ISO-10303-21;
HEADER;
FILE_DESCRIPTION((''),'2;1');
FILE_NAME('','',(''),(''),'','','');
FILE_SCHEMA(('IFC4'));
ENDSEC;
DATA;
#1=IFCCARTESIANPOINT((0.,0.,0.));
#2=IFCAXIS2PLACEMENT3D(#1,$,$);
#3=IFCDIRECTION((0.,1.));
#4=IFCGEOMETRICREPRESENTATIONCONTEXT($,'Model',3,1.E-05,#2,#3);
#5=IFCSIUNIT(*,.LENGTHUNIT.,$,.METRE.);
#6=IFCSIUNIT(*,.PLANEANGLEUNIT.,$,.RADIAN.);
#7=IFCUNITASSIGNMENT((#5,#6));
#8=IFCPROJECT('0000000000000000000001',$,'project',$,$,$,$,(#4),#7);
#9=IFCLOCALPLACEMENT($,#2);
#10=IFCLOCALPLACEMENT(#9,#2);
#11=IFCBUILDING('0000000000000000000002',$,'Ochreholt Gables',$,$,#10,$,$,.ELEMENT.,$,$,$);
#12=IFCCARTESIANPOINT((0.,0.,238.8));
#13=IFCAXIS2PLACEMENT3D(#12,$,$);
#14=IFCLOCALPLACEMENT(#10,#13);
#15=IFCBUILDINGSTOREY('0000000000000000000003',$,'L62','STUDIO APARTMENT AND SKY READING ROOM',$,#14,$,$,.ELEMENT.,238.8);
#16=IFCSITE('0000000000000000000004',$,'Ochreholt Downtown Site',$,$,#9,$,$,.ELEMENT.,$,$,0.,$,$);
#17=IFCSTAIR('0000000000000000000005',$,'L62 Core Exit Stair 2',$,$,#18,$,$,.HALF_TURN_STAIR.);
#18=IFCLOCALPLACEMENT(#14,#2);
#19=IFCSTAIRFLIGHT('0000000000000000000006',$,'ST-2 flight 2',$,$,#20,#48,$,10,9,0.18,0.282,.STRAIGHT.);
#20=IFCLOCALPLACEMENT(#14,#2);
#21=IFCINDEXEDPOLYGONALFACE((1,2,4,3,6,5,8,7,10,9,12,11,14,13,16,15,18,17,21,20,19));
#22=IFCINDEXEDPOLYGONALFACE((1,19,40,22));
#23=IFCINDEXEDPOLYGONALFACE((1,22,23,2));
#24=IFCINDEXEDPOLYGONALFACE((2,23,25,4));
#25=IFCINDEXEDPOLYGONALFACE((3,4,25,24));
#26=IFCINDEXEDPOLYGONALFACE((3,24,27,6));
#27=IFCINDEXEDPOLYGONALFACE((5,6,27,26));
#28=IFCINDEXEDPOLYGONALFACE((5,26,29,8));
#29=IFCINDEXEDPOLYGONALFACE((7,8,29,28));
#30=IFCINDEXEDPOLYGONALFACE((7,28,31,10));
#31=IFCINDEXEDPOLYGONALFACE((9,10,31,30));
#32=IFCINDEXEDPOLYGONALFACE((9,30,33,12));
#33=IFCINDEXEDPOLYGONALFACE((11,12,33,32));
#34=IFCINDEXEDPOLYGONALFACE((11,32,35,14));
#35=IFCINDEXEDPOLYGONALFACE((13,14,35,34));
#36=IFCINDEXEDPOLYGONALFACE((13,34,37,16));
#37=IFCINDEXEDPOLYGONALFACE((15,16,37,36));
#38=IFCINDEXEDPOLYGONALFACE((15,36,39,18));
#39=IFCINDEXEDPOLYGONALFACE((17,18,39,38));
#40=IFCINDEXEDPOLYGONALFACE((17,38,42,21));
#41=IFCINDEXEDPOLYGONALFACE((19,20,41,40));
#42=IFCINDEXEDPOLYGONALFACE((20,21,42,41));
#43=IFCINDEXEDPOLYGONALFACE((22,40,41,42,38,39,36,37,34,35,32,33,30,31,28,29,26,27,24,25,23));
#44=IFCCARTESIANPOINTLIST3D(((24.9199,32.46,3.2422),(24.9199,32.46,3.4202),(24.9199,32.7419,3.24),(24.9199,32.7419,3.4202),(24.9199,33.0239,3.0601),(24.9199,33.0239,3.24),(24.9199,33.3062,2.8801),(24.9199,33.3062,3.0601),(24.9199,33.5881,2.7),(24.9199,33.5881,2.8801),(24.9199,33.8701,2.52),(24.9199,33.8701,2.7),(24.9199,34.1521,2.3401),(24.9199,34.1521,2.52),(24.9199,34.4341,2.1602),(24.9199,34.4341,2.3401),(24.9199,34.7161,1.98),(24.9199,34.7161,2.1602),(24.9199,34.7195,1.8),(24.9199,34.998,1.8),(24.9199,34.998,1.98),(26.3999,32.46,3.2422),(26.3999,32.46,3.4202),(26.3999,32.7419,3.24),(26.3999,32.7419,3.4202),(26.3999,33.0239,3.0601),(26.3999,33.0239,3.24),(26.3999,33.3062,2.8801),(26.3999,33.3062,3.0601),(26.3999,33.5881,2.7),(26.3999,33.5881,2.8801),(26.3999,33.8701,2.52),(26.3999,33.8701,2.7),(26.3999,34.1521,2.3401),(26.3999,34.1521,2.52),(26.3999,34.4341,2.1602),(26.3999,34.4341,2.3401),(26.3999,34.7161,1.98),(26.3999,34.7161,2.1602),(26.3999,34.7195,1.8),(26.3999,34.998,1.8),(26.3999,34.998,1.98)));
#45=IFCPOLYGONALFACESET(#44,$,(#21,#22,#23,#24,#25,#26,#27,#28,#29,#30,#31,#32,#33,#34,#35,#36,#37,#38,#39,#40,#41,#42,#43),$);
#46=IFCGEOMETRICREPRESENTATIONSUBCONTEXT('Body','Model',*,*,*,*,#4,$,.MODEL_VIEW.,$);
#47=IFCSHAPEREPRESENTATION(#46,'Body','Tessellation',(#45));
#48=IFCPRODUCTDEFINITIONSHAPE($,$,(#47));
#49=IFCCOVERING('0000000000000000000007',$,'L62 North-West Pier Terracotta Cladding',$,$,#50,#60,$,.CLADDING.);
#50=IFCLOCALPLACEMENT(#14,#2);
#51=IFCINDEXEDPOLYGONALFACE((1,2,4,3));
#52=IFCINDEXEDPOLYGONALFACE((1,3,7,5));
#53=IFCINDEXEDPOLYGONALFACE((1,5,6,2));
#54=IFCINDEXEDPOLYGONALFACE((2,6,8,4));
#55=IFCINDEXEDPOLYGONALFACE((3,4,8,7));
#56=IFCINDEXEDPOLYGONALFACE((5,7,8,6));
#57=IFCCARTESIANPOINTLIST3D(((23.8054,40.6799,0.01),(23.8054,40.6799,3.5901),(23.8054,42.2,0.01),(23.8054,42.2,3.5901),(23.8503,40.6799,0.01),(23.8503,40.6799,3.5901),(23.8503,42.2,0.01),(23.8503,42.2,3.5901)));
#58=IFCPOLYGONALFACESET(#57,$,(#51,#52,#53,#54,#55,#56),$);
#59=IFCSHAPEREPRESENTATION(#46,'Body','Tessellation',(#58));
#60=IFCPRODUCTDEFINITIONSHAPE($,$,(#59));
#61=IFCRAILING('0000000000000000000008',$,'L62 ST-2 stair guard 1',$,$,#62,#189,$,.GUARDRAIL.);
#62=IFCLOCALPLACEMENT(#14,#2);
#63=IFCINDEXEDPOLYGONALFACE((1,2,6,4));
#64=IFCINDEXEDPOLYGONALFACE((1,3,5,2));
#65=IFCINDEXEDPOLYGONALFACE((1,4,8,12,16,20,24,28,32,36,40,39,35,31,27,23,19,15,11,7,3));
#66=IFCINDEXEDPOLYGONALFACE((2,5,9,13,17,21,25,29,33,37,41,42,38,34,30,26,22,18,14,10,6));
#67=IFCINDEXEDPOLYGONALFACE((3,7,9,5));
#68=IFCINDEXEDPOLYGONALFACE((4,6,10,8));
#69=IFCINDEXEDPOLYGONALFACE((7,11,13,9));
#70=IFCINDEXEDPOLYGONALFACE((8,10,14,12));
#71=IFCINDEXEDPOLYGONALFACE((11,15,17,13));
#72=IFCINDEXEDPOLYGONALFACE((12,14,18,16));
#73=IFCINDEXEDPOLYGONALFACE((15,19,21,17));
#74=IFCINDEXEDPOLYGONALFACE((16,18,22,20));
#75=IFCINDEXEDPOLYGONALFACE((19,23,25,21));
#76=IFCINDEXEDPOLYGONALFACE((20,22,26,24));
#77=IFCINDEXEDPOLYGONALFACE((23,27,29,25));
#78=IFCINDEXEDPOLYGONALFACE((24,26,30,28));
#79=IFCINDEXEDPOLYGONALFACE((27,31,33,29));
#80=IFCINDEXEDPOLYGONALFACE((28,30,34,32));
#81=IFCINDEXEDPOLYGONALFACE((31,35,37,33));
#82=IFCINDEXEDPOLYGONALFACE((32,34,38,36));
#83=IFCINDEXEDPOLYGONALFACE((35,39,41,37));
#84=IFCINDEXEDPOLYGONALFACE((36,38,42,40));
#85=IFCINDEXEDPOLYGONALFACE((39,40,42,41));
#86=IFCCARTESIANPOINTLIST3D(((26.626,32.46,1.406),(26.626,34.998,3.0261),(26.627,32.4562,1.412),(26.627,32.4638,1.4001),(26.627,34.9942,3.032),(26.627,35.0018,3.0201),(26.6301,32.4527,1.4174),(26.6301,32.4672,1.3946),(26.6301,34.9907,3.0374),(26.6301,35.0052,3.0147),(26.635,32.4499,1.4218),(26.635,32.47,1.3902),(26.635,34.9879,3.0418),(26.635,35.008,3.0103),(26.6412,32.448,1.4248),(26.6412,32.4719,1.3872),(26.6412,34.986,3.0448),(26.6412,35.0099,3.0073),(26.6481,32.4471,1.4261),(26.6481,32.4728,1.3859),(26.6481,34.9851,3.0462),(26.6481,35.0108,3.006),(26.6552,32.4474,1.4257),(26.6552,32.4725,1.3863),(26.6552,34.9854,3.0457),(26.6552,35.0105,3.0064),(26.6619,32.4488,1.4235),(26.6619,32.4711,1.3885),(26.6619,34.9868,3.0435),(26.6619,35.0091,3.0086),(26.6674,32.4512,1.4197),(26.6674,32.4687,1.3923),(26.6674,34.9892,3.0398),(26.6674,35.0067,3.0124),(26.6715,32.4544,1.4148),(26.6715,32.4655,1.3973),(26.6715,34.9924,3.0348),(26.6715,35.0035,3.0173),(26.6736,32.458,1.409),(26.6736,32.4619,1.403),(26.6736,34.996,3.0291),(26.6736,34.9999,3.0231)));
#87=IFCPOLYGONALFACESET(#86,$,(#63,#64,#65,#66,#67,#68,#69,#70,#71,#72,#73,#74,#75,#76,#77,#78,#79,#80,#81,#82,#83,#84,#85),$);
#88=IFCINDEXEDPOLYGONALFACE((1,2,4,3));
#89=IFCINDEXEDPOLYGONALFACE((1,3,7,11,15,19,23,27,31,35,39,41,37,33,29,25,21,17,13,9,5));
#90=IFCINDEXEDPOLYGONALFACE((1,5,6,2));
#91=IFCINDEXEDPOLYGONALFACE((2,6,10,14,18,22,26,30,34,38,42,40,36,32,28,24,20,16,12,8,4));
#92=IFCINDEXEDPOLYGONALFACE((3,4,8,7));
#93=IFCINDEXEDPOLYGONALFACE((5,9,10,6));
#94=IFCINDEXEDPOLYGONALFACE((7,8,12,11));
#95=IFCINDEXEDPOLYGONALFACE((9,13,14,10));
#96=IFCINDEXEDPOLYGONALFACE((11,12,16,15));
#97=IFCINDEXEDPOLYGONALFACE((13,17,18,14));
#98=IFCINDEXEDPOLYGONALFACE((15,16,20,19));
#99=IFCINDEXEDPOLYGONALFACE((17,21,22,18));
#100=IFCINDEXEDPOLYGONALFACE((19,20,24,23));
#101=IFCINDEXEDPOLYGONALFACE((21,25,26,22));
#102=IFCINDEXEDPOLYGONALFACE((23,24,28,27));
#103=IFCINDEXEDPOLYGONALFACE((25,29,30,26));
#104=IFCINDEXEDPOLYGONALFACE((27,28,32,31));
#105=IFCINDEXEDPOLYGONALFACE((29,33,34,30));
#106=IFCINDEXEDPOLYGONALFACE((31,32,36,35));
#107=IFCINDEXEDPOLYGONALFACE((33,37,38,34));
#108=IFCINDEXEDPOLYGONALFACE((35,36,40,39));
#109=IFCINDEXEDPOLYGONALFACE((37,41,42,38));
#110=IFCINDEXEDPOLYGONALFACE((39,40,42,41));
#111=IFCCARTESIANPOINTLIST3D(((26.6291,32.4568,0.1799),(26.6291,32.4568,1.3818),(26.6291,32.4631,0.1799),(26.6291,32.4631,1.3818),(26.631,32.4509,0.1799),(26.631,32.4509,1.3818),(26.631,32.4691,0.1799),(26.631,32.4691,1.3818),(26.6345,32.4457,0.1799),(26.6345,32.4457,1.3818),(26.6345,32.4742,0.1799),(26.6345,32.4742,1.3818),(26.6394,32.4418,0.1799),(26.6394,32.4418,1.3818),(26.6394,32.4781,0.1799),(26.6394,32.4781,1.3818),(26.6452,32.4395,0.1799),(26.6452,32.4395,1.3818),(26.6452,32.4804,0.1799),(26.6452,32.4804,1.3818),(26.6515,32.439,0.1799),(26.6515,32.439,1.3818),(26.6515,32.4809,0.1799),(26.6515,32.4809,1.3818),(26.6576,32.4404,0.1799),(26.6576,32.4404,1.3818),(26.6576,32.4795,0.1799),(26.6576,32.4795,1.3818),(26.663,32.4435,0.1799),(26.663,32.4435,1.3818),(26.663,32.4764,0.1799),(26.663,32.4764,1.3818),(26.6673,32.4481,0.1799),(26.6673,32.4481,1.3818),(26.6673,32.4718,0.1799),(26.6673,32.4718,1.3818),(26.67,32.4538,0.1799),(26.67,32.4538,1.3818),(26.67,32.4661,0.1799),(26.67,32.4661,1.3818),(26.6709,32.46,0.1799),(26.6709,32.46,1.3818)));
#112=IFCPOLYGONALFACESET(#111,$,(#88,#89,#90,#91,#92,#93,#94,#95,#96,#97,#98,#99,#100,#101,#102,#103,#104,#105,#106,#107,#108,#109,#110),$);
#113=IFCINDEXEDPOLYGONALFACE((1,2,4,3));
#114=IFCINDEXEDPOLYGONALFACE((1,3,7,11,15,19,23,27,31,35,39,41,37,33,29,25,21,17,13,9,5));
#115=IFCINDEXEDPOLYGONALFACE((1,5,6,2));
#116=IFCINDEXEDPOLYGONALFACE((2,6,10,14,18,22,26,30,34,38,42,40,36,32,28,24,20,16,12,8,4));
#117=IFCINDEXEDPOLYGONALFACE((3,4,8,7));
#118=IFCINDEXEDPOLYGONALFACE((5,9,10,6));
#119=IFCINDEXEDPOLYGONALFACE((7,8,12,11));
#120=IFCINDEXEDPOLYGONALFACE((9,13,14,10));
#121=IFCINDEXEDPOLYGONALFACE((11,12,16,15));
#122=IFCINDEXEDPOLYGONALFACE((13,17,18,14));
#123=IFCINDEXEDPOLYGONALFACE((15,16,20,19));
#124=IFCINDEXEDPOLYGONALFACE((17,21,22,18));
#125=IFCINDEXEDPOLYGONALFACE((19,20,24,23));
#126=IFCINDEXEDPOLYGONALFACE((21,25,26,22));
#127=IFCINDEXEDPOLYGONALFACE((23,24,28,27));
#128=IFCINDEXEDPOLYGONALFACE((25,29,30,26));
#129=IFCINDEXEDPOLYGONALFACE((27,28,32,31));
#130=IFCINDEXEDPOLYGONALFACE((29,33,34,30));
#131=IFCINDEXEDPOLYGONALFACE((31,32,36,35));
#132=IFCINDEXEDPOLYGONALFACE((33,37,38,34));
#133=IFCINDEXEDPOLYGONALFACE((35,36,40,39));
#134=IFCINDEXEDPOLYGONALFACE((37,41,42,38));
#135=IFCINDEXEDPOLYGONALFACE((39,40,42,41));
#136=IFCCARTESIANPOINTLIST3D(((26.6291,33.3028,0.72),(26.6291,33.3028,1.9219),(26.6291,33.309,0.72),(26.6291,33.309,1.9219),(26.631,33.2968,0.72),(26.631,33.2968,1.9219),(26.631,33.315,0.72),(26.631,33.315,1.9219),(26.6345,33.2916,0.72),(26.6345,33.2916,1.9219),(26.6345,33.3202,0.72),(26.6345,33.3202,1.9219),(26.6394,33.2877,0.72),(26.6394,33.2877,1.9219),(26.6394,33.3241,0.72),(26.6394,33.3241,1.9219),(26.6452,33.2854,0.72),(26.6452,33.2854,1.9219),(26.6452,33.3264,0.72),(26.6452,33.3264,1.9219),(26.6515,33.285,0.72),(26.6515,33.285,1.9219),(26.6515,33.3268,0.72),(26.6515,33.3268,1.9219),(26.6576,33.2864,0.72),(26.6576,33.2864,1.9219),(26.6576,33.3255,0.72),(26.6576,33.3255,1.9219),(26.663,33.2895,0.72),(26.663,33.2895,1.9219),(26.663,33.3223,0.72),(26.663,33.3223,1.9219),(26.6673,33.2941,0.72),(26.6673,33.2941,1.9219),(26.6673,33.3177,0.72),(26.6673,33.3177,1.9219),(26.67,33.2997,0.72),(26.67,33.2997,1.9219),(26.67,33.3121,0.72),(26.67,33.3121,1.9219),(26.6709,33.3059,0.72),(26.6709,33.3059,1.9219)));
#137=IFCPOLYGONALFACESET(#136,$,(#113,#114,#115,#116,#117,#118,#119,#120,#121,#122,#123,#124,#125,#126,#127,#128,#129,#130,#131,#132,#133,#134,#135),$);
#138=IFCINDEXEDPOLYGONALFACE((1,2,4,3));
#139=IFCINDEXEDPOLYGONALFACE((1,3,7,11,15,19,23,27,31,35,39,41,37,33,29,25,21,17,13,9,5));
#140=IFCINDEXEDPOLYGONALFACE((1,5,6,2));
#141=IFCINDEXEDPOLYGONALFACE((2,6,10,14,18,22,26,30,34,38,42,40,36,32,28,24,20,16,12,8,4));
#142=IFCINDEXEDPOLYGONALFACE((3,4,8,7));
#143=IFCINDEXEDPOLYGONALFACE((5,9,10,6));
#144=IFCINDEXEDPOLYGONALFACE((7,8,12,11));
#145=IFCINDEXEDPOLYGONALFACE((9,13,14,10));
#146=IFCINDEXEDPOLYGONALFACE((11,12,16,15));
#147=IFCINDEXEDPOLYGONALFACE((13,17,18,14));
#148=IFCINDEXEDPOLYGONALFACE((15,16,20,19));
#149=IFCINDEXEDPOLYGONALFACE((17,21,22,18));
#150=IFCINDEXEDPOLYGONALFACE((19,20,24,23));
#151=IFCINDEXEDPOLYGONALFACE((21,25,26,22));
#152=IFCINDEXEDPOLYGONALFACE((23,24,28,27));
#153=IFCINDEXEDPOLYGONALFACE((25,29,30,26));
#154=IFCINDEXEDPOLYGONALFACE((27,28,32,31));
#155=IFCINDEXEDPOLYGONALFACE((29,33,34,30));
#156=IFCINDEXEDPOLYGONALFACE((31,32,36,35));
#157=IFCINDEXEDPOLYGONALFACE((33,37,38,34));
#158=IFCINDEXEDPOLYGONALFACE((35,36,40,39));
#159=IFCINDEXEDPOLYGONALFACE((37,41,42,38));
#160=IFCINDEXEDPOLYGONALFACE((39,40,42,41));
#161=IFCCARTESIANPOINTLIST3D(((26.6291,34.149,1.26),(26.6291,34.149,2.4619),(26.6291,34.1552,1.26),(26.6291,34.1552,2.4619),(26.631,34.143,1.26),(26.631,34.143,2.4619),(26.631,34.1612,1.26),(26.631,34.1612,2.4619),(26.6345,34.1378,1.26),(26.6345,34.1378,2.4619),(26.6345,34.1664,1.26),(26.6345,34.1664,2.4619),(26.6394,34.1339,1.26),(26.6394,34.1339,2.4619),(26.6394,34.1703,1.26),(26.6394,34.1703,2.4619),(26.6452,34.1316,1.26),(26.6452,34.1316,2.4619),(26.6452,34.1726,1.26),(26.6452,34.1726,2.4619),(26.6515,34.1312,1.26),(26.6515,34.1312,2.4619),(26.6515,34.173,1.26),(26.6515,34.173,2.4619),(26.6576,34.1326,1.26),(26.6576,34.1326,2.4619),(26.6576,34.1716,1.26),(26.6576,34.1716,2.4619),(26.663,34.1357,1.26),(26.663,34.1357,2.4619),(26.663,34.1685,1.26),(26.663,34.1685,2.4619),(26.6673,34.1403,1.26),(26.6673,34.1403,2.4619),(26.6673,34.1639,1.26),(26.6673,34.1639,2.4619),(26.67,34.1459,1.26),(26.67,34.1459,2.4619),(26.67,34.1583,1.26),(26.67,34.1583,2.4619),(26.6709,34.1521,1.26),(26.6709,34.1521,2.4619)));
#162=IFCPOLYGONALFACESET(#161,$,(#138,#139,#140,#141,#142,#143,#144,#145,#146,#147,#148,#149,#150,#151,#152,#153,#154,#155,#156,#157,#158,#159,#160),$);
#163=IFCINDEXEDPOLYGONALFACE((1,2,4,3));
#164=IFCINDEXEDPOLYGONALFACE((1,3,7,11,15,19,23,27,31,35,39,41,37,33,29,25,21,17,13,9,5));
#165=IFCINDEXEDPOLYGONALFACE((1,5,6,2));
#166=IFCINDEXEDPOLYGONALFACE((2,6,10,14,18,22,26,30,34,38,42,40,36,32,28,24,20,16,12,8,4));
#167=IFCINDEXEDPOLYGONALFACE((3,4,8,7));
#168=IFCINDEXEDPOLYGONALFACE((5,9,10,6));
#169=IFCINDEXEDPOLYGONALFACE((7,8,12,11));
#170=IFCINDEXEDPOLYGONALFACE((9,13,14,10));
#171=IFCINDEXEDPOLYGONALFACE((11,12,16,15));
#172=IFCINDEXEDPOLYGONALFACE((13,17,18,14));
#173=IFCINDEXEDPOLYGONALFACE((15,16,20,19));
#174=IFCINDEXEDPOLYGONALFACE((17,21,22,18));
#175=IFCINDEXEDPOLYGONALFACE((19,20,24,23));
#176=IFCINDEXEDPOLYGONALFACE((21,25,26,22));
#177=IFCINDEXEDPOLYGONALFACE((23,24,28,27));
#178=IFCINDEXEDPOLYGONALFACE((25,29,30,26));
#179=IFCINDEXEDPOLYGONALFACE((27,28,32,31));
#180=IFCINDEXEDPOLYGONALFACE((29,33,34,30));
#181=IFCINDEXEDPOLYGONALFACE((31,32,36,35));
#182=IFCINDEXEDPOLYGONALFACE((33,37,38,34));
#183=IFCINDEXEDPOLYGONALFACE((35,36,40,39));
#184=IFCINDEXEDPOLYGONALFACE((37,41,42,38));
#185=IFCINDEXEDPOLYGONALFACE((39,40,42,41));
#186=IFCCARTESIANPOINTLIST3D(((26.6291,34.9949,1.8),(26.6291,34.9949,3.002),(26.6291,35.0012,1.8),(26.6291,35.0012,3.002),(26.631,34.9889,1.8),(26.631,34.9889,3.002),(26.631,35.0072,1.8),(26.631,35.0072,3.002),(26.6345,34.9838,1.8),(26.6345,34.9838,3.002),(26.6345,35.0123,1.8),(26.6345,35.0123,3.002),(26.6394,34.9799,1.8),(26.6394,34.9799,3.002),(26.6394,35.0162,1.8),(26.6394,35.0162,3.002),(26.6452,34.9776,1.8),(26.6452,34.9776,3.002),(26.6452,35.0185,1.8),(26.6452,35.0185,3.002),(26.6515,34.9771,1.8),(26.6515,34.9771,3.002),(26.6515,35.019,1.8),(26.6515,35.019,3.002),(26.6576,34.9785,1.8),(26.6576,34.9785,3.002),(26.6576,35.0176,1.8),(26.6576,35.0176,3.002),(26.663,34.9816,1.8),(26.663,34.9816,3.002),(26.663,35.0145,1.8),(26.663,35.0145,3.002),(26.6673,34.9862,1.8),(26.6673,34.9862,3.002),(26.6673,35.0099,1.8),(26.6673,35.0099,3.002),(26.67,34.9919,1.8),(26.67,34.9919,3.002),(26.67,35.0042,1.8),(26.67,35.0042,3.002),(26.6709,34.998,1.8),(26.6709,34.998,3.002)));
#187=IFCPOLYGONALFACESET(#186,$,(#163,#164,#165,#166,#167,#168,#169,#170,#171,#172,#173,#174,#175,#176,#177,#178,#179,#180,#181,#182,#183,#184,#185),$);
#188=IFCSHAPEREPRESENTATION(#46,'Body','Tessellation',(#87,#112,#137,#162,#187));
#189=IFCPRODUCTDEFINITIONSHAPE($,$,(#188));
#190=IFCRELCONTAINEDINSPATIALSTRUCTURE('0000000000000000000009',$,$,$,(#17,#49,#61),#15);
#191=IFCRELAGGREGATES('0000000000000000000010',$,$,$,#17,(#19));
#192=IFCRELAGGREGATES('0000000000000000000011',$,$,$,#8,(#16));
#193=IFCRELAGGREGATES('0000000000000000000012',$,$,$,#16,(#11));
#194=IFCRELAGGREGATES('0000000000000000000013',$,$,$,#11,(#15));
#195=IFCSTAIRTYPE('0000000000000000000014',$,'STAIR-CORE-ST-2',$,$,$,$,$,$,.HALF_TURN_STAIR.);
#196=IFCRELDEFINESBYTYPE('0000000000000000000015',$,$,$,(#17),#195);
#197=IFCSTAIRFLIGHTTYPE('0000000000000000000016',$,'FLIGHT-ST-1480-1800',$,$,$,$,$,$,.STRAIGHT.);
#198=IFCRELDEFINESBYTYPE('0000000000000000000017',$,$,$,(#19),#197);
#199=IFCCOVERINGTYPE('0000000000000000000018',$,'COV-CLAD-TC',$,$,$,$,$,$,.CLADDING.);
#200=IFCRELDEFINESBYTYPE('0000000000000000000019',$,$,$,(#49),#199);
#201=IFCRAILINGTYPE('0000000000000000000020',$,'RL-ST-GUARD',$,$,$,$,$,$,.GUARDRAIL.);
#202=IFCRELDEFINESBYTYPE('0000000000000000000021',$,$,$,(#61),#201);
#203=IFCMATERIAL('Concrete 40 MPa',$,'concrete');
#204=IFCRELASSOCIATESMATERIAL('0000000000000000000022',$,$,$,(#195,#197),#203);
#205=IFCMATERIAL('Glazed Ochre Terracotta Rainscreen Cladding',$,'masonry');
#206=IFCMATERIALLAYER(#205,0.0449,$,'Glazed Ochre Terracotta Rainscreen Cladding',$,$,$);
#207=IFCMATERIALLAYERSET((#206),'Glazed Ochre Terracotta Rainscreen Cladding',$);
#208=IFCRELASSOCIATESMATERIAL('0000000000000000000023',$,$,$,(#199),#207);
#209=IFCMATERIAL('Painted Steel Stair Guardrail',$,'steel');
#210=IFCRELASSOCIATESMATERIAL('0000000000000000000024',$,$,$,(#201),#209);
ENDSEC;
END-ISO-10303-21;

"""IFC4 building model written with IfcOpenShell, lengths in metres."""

from ifc_helpers import new_model, si_unit, direction, frame, origin, origin_2d, place, context, subcontext, project, spatial, polyline, rectangle, circle, outline, extrude, material, layer, layer_set, type_object, element, aggregate, save


model = new_model("IFC4")

# Units and contexts
model_context = context("Model", 3, precision=1e-05, world=origin(), true_north=direction((0.0, 1.0)))
body_context = subcontext(model_context, "Body", "Model", "MODEL_VIEW")
ifc_project = project(units=[si_unit("LENGTHUNIT", "METRE"), si_unit("PLANEANGLEUNIT", "RADIAN")], contexts=[model_context])

# Site, building, storey
site_placement = place(None, origin())
site = spatial("IfcSite", under=ifc_project, at=site_placement, Name="Ochreholt Downtown Site", CompositionType="ELEMENT", RefElevation=0.0)
building_placement = place(site_placement, origin())
building = spatial("IfcBuilding", under=site, at=building_placement, Name="Ochreholt Gables", CompositionType="ELEMENT")
storey_placement = place(building_placement, frame((0.0, 0.0, 238.8)))
storey = spatial("IfcBuildingStorey", under=building, at=storey_placement, Name="L62", Description="STUDIO APARTMENT AND SKY READING ROOM", CompositionType="ELEMENT", Elevation=238.8)

# Stair, stair flight
ifc_material_1 = material(Name="Concrete 40 MPa", Category="concrete")
stair_type = type_object("IfcStairType", Name="STAIR-CORE-ST-2", PredefinedType="HALF_TURN_STAIR", material=ifc_material_1)
stair_placement = place(storey_placement, origin())
stair = element("IfcStair", 1, at=stair_placement, inside=storey, type_object=stair_type, Name="L62 Core Exit Stair 2", PredefinedType="HALF_TURN_STAIR")
stair_flight_type = type_object("IfcStairFlightType", Name="FLIGHT-ST-1480-1800", PredefinedType="STRAIGHT", material=ifc_material_1)
stair_flight_1_placement = place(storey_placement, frame((25.6599, 34.998, 1.8), z_axis=(0.0, 0.0, 1.0), x_axis=(0.0, -1.0, 0.0)))
stair_flight_1 = element("IfcStairFlight", 2, at=stair_flight_1_placement, type_object=stair_flight_type, Name="ST-2 flight 2", NumberOfRisers=10, NumberOfTreads=9, PredefinedType="STRAIGHT", RiserHeight=0.18, TreadLength=0.282, context=body_context, shape_type="SweptSolid", body=[
    extrude(outline(polyline([(0.0, 0.0), (0.0, 0.1799), (0.282, 0.1799), (0.282, 0.3601), (0.564, 0.3601), (0.564, 0.54), (0.8459, 0.54), (0.8459, 0.72), (1.1279, 0.72), (1.1279, 0.8999), (1.4099, 0.8999), (1.4099, 1.0801), (1.6919, 1.0801), (1.6919, 1.26), (1.9741, 1.26), (1.9741, 1.4399), (2.2561, 1.4399), (2.2561, 1.6201), (2.5381, 1.6201), (2.5381, 1.8), (2.5381, 1.4421), (0.2786, 0.0), (0.0, 0.0)])), frame((0.0, 0.74, 0.0), z_axis=(0.0, -1.0, 0.0), x_axis=(1.0, 0.0, 0.0)), (0.0, 0.0, 1.0), 1.48),
])
aggregate(stair, [stair_flight_1])

# Covering
ifc_material_2 = material(Name="Glazed Ochre Terracotta Rainscreen Cladding", Category="masonry")
ifc_layer_1 = layer(ifc_material_2, 0.0449, Name="Glazed Ochre Terracotta Rainscreen Cladding")
ifc_layer_set_1 = layer_set([ifc_layer_1], Name="Glazed Ochre Terracotta Rainscreen Cladding")
covering_type = type_object("IfcCoveringType", Name="COV-CLAD-TC", PredefinedType="CLADDING", material=ifc_layer_set_1)
covering_placement = place(storey_placement, frame((23.8279, 41.4399, 0.01), z_axis=(0.0, 0.0, 1.0), x_axis=(0.0, 1.0, 0.0)))
element("IfcCovering", 3, at=covering_placement, inside=storey, type_object=covering_type, Name="L62 North-West Pier Terracotta Cladding", PredefinedType="CLADDING", context=body_context, shape_type="SweptSolid", body=[
    extrude(rectangle(XDim=1.52, YDim=0.0449, at=origin_2d()), origin(), (0.0, 0.0, 1.0), 3.5801),
])

# Railing
ifc_material_3 = material(Name="Painted Steel Stair Guardrail", Category="steel")
railing_type_1 = type_object("IfcRailingType", Name="RL-ST-GUARD", PredefinedType="GUARDRAIL", material=ifc_material_3)
railing_1_placement = place(storey_placement, frame((26.6499, 32.46, 0.1799)))
element("IfcRailing", 4, at=railing_1_placement, inside=storey, type_object=railing_type_1, Name="L62 ST-2 stair guard 1", PredefinedType="GUARDRAIL", context=body_context, shape_type="SweptSolid", body=[
    extrude(circle(Radius=0.0239, at=origin_2d()), frame((0.0, 0.0, 1.2261), z_axis=(0.0, 0.842913, 0.53805), x_axis=(-1.0, 0.0, 0.0)), (0.0, 0.0, 1.0), 3.011),
    extrude(circle(Radius=0.021, at=origin_2d()), origin(), (0.0, 0.0, 1.0), 1.2019),
    extrude(circle(Radius=0.021, at=origin_2d()), frame((0.0, 0.8459, 0.54)), (0.0, 0.0, 1.0), 1.2019),
    extrude(circle(Radius=0.021, at=origin_2d()), frame((0.0, 1.6921, 1.0801)), (0.0, 0.0, 1.0), 1.2019),
    extrude(circle(Radius=0.021, at=origin_2d()), frame((0.0, 2.5381, 1.6201)), (0.0, 0.0, 1.0), 1.2019),
])

save(model, "model.ifc")
